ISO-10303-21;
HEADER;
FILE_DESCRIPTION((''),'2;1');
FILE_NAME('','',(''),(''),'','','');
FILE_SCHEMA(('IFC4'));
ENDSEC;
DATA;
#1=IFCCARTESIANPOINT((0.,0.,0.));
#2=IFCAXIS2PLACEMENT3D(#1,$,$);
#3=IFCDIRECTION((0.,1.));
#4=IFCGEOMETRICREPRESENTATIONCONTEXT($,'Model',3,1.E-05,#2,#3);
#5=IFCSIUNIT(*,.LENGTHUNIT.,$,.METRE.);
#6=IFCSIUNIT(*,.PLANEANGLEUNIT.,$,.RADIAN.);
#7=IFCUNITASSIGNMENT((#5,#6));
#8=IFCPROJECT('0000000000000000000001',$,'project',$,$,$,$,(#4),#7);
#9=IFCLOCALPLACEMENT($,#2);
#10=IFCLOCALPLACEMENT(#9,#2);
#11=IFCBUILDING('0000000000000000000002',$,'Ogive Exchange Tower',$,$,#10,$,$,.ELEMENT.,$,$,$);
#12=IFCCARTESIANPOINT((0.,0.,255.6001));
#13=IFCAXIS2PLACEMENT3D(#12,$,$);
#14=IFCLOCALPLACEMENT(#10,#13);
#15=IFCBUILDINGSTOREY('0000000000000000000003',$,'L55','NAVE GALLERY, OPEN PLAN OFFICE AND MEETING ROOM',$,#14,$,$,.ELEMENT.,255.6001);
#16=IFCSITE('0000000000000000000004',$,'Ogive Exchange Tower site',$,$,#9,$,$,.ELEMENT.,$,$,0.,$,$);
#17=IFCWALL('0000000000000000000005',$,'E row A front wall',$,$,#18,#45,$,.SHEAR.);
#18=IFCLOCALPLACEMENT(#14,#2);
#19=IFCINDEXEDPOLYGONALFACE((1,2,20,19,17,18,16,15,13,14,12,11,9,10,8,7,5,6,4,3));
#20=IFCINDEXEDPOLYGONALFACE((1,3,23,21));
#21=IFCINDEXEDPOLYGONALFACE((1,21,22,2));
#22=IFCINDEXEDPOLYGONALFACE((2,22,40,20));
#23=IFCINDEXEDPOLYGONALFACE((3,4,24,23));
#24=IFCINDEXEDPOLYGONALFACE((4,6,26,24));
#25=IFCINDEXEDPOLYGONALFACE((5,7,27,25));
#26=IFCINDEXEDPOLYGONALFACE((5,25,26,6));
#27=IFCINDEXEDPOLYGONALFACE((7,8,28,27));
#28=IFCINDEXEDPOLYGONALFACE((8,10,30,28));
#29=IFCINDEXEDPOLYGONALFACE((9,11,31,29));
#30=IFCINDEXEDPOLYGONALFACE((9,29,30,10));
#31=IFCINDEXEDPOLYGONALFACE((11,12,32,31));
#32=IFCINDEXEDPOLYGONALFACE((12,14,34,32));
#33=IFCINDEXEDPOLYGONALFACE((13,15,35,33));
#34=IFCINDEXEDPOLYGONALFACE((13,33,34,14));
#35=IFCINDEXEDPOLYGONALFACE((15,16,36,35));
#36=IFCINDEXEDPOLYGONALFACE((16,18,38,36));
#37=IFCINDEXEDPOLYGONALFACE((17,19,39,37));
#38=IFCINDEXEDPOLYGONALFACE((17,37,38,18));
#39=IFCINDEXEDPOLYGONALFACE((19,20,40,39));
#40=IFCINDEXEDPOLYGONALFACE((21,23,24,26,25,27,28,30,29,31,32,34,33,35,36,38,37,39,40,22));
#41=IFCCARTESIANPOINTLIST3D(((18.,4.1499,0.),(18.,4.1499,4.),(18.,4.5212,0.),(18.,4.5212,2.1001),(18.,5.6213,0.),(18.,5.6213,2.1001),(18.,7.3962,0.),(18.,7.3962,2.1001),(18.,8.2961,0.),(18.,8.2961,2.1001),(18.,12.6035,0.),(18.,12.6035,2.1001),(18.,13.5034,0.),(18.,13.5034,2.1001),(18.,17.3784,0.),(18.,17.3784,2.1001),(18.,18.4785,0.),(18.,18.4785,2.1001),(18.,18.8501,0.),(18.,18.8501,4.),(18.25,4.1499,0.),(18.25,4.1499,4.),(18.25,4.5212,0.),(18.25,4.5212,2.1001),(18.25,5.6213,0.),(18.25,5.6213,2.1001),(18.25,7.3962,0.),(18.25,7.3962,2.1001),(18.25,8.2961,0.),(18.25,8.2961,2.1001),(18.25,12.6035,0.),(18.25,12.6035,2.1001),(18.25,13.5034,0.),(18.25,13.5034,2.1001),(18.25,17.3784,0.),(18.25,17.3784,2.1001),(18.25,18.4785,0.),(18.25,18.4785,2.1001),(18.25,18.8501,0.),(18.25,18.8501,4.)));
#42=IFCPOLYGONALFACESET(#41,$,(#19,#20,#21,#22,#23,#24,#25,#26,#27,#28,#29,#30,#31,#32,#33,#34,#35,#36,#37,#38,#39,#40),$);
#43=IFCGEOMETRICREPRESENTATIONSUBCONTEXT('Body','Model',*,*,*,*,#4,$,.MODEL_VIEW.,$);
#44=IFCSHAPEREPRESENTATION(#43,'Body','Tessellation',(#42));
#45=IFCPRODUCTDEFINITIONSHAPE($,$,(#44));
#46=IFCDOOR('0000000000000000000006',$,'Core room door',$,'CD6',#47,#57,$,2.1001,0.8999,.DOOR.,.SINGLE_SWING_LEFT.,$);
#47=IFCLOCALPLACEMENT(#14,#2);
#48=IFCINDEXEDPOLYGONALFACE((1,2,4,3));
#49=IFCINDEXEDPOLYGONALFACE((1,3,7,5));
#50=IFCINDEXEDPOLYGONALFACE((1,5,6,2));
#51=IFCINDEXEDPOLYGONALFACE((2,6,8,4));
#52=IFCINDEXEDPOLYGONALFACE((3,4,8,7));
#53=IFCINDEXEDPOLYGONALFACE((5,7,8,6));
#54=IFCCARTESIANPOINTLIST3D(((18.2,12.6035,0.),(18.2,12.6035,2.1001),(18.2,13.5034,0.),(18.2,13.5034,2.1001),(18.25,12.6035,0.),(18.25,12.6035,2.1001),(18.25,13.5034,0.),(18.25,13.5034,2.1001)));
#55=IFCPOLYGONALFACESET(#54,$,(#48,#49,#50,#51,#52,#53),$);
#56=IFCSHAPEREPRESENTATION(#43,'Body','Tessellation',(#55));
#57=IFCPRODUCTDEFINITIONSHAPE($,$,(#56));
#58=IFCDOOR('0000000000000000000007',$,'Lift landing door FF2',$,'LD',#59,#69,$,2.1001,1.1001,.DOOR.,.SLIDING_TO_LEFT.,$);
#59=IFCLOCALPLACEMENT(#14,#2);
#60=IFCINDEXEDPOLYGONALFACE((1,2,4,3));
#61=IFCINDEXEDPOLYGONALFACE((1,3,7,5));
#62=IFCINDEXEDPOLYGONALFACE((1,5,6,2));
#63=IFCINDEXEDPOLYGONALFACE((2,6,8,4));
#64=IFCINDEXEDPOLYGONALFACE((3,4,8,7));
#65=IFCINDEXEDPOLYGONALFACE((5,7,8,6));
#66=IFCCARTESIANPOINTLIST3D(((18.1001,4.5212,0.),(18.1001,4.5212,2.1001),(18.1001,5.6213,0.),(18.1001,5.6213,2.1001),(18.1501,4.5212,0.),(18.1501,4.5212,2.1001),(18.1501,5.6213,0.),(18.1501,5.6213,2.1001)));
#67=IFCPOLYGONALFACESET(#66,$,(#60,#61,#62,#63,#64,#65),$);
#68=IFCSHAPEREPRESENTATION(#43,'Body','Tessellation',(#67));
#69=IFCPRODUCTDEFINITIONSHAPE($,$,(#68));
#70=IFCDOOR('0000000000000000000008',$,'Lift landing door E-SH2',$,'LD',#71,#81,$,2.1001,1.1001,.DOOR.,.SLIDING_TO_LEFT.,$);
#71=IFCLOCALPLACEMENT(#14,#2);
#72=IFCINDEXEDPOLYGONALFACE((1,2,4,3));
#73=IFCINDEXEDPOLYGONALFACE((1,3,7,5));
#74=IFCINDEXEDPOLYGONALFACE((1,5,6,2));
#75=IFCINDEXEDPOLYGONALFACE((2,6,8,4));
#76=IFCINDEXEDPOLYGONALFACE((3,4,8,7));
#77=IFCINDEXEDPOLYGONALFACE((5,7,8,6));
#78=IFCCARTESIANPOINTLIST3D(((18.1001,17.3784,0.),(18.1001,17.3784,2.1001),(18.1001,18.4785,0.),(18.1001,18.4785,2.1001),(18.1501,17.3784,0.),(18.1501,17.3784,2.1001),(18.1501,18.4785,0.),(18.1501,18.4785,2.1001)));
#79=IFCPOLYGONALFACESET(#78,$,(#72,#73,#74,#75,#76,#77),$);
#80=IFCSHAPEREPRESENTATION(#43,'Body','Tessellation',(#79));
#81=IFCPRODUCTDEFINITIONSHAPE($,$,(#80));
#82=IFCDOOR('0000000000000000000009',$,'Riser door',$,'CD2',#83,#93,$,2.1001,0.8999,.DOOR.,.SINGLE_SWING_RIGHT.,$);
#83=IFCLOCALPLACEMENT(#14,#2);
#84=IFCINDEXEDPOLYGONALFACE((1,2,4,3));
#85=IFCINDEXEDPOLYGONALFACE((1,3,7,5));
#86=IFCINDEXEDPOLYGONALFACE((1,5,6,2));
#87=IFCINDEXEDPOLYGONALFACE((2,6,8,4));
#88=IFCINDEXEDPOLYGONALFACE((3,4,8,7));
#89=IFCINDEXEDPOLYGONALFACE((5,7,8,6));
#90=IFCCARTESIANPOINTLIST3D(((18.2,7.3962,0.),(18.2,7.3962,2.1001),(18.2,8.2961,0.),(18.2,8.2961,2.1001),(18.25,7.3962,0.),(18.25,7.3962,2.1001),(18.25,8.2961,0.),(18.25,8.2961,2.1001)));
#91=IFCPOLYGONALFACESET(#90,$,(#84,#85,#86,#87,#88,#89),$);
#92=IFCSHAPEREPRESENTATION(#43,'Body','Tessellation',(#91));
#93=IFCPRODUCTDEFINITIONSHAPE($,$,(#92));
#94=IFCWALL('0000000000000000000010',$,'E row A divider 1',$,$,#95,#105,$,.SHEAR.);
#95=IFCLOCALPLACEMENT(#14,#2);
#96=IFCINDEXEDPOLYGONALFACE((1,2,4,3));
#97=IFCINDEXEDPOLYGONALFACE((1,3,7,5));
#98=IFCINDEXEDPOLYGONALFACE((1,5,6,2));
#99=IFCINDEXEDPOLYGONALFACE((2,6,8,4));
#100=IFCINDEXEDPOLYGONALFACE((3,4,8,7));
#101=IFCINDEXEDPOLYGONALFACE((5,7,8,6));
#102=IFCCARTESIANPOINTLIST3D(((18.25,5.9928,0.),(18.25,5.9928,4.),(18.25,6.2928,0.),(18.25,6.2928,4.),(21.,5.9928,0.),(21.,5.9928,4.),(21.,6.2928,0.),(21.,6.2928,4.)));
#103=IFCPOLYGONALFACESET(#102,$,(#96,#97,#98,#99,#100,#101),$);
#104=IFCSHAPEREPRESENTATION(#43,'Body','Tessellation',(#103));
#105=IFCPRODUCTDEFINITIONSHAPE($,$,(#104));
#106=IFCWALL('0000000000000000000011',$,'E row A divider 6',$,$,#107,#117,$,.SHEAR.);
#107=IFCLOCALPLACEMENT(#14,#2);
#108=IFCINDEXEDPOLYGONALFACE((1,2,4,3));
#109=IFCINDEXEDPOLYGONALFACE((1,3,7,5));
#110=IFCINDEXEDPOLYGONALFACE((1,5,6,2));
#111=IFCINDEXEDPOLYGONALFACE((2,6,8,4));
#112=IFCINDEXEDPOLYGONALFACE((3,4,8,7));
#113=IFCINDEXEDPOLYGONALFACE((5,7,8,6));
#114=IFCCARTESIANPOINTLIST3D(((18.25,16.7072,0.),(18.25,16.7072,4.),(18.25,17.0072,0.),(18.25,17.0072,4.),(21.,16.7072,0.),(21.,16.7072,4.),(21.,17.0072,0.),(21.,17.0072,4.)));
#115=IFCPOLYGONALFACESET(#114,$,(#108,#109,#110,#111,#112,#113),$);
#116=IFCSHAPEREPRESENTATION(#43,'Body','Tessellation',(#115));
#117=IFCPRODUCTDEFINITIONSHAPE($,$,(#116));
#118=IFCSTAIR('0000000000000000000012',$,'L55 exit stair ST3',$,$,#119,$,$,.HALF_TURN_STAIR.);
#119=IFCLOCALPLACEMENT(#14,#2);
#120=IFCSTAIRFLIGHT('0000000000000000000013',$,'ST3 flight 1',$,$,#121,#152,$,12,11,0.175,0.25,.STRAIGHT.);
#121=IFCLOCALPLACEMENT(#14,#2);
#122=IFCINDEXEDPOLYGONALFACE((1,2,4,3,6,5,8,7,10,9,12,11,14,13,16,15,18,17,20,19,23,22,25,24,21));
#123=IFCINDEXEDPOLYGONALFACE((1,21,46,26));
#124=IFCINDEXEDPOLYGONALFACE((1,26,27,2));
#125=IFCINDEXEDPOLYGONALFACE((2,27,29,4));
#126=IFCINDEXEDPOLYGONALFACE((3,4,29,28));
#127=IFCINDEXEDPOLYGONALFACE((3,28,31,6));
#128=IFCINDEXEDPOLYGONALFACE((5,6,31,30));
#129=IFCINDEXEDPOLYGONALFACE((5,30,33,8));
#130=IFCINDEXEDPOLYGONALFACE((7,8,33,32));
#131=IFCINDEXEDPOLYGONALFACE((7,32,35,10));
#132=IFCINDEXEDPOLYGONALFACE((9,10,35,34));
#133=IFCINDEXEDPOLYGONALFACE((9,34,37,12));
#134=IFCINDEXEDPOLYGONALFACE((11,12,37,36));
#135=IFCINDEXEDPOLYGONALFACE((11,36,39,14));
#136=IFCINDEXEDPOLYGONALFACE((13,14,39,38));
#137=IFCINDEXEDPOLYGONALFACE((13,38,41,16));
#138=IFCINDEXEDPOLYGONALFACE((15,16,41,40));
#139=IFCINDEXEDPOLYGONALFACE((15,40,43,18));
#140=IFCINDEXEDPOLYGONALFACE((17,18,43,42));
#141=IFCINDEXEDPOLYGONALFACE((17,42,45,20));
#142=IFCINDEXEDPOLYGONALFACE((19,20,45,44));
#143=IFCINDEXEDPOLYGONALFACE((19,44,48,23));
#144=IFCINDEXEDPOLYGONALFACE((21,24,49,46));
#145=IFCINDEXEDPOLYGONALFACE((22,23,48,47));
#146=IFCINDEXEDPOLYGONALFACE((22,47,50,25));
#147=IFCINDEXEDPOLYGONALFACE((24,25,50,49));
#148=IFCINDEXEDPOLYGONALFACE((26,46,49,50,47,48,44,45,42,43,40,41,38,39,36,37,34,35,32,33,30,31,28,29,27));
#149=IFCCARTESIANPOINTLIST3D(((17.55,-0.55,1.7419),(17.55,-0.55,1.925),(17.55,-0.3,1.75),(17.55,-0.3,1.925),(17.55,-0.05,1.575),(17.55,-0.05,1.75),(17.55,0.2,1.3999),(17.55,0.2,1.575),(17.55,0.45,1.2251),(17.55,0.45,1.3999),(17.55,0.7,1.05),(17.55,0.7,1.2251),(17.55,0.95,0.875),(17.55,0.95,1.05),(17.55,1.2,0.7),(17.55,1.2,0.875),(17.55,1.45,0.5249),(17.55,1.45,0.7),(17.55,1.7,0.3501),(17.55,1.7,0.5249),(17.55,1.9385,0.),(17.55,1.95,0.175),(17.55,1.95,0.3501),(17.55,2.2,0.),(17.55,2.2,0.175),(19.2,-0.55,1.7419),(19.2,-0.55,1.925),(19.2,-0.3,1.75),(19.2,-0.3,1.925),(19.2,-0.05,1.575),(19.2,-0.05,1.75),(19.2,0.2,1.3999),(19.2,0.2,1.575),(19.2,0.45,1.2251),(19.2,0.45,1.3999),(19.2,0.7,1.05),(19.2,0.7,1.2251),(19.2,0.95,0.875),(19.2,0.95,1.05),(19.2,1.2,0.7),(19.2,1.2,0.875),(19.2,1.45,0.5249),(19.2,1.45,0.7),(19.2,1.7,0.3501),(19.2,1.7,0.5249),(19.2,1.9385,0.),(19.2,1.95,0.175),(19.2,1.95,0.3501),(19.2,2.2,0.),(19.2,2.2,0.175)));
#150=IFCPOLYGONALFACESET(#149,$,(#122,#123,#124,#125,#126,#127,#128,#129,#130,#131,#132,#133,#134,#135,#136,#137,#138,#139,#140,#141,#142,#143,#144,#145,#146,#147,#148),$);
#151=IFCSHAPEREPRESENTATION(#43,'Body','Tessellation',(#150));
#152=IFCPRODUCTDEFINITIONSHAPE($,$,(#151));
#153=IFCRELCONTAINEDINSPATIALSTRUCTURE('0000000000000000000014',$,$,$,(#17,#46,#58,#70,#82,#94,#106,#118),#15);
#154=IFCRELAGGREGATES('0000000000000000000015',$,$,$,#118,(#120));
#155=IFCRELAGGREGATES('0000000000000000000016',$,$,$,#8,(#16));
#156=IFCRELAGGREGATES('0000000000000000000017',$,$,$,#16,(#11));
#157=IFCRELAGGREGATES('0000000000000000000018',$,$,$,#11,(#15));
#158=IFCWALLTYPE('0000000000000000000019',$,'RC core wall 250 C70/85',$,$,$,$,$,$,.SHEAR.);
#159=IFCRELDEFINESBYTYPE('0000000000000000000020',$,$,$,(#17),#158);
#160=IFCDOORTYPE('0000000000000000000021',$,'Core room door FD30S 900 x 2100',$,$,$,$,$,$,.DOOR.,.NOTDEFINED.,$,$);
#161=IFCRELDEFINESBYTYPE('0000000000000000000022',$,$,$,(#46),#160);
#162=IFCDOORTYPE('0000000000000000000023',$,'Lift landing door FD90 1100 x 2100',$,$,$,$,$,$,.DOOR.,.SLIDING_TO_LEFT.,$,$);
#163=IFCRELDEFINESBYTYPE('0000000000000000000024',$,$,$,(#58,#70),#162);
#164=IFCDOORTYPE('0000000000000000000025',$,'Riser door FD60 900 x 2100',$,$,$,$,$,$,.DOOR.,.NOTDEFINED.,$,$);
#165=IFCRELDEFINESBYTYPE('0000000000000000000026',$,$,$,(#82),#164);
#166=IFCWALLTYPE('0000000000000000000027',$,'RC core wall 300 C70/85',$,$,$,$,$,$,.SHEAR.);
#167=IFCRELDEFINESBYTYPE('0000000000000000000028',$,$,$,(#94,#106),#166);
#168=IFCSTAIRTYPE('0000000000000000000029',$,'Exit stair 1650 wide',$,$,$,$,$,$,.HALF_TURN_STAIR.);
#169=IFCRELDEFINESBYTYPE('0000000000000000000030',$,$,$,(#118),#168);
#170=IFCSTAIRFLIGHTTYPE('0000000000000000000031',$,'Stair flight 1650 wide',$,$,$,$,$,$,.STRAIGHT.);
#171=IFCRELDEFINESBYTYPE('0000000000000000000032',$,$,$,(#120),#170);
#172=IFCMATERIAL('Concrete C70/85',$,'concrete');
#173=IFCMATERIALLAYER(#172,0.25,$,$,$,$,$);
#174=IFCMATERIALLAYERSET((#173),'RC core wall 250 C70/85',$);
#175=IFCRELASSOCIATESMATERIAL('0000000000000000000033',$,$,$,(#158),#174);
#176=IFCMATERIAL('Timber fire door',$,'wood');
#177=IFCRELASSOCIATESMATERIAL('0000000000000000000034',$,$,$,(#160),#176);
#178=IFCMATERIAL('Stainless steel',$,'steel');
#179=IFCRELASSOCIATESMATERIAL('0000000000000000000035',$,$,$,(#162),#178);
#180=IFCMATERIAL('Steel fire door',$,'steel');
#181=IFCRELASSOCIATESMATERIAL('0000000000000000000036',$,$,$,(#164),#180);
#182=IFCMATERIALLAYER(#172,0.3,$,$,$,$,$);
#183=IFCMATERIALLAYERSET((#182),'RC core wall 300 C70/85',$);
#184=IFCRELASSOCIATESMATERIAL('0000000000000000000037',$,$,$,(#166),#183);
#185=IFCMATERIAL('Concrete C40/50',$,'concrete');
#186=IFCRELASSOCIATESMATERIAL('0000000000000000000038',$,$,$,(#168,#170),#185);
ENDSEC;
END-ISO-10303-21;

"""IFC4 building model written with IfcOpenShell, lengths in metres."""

from ifc_helpers import new_model, si_unit, direction, frame, frame_2d, origin, place, context, subcontext, project, spatial, polyline, rectangle, outline, extrude, material, layer, layer_set, type_object, element, fill, aggregate, save


model = new_model("IFC4")

# Units and contexts
model_context = context("Model", 3, precision=1e-05, world=origin(), true_north=direction((0.0, 1.0)))
body_context = subcontext(model_context, "Body", "Model", "MODEL_VIEW")
ifc_project = project(units=[si_unit("LENGTHUNIT", "METRE"), si_unit("PLANEANGLEUNIT", "RADIAN")], contexts=[model_context])

# Site, building, storey
site_placement = place(None, origin())
site = spatial("IfcSite", under=ifc_project, at=site_placement, Name="Ogive Exchange Tower site", CompositionType="ELEMENT", RefElevation=0.0)
building_placement = place(site_placement, origin())
building = spatial("IfcBuilding", under=site, at=building_placement, Name="Ogive Exchange Tower", CompositionType="ELEMENT")
storey_placement = place(building_placement, frame((0.0, 0.0, 255.6001)))
storey = spatial("IfcBuildingStorey", under=building, at=storey_placement, Name="L55", Description="NAVE GALLERY, OPEN PLAN OFFICE AND MEETING ROOM", CompositionType="ELEMENT", Elevation=255.6001)

# Wall, openings, doors
ifc_material_1 = material(Name="Concrete C70/85", Category="concrete")
ifc_layer_1 = layer(ifc_material_1, 0.25)
ifc_layer_set_1 = layer_set([ifc_layer_1], Name="RC core wall 250 C70/85")
wall_type_1 = type_object("IfcWallType", Name="RC core wall 250 C70/85", PredefinedType="SHEAR", material=ifc_layer_set_1)
wall_1_placement = place(storey_placement, frame((18.125, 4.1499, 0.0), z_axis=(0.0, 0.0, 1.0), x_axis=(0.0, 1.0, 0.0)))
wall_1 = element("IfcWall", 1, at=wall_1_placement, inside=storey, type_object=wall_type_1, Name="E row A front wall", PredefinedType="SHEAR", context=body_context, shape_type="SweptSolid", body=[
    extrude(rectangle(XDim=14.7002, YDim=0.25, at=frame_2d((7.3501, 0.0))), origin(), (0.0, 0.0, 1.0), 4.0),
])
opening_1_placement = place(wall_1_placement, frame((3.2463, 0.0, 0.0)))
opening_1 = element("IfcOpeningElement", 2, at=opening_1_placement, cuts=wall_1, PredefinedType="OPENING", context=body_context, shape_type="SweptSolid", body=[
    extrude(rectangle(XDim=0.8999, YDim=2.1001, at=frame_2d((0.45, 1.05))), frame((0.0, 0.135, 0.0), z_axis=(0.0, -1.0, 0.0), x_axis=(1.0, 0.0, 0.0)), (0.0, 0.0, 1.0), 0.27),
])
opening_2_placement = place(wall_1_placement, frame((8.4536, 0.0, 0.0)))
opening_2 = element("IfcOpeningElement", 3, at=opening_2_placement, cuts=wall_1, PredefinedType="OPENING", context=body_context, shape_type="SweptSolid", body=[
    extrude(rectangle(XDim=0.8999, YDim=2.1001, at=frame_2d((0.45, 1.05))), frame((0.0, 0.135, 0.0), z_axis=(0.0, -1.0, 0.0), x_axis=(1.0, 0.0, 0.0)), (0.0, 0.0, 1.0), 0.27),
])
opening_3_placement = place(wall_1_placement, frame((0.3713, 0.0, 0.0)))
opening_3 = element("IfcOpeningElement", 4, at=opening_3_placement, cuts=wall_1, PredefinedType="OPENING", context=body_context, shape_type="SweptSolid", body=[
    extrude(rectangle(XDim=1.1001, YDim=2.1001, at=frame_2d((0.55, 1.05))), frame((0.0, 0.135, 0.0), z_axis=(0.0, -1.0, 0.0), x_axis=(1.0, 0.0, 0.0)), (0.0, 0.0, 1.0), 0.27),
])
opening_4_placement = place(wall_1_placement, frame((13.2285, 0.0, 0.0)))
opening_4 = element("IfcOpeningElement", 5, at=opening_4_placement, cuts=wall_1, PredefinedType="OPENING", context=body_context, shape_type="SweptSolid", body=[
    extrude(rectangle(XDim=1.1001, YDim=2.1001, at=frame_2d((0.55, 1.05))), frame((0.0, 0.135, 0.0), z_axis=(0.0, -1.0, 0.0), x_axis=(1.0, 0.0, 0.0)), (0.0, 0.0, 1.0), 0.27),
])
ifc_material_2 = material(Name="Timber fire door", Category="wood")
door_type_1 = type_object("IfcDoorType", Name="Core room door FD30S 900 x 2100", OperationType="NOTDEFINED", PredefinedType="DOOR", material=ifc_material_2)
door_1_placement = place(opening_2_placement, frame((0.8999, -0.2002, 0.0), z_axis=(0.0, 0.0, 1.0), x_axis=(-1.0, 0.0, 0.0)))
door_1 = element("IfcDoor", 6, at=door_1_placement, inside=storey, type_object=door_type_1, Name="Core room door", ObjectType="CD6", OperationType="SINGLE_SWING_LEFT", OverallHeight=2.1001, OverallWidth=0.8999, PredefinedType="DOOR", context=body_context, shape_type="SweptSolid", body=[
    extrude(rectangle(XDim=0.8999, YDim=2.1001, at=frame_2d((0.45, 1.05))), frame((0.0, -0.0752, 0.0), z_axis=(0.0, -1.0, 0.0), x_axis=(1.0, 0.0, 0.0)), (0.0, 0.0, 1.0), 0.05),
])
fill(opening_2, door_1)
ifc_material_3 = material(Name="Stainless steel", Category="steel")
door_type_2 = type_object("IfcDoorType", Name="Lift landing door FD90 1100 x 2100", OperationType="SLIDING_TO_LEFT", PredefinedType="DOOR", material=ifc_material_3)
door_2_placement = place(opening_3_placement, origin())
door_2 = element("IfcDoor", 7, at=door_2_placement, inside=storey, type_object=door_type_2, Name="Lift landing door FF2", ObjectType="LD", OperationType="SLIDING_TO_LEFT", OverallHeight=2.1001, OverallWidth=1.1001, PredefinedType="DOOR", context=body_context, shape_type="SweptSolid", body=[
    extrude(rectangle(XDim=1.1001, YDim=2.1001, at=frame_2d((0.55, 1.05))), frame((0.0, 0.0249, 0.0), z_axis=(0.0, -1.0, 0.0), x_axis=(1.0, 0.0, 0.0)), (0.0, 0.0, 1.0), 0.05),
])
fill(opening_3, door_2)
door_3_placement = place(opening_4_placement, origin())
door_3 = element("IfcDoor", 8, at=door_3_placement, inside=storey, type_object=door_type_2, Name="Lift landing door E-SH2", ObjectType="LD", OperationType="SLIDING_TO_LEFT", OverallHeight=2.1001, OverallWidth=1.1001, PredefinedType="DOOR", context=body_context, shape_type="SweptSolid", body=[
    extrude(rectangle(XDim=1.1001, YDim=2.1001, at=frame_2d((0.55, 1.05))), frame((0.0, 0.0249, 0.0), z_axis=(0.0, -1.0, 0.0), x_axis=(1.0, 0.0, 0.0)), (0.0, 0.0, 1.0), 0.05),
])
fill(opening_4, door_3)
ifc_material_4 = material(Name="Steel fire door", Category="steel")
door_type_3 = type_object("IfcDoorType", Name="Riser door FD60 900 x 2100", OperationType="NOTDEFINED", PredefinedType="DOOR", material=ifc_material_4)
door_4_placement = place(opening_1_placement, frame((0.8999, -0.2002, 0.0), z_axis=(0.0, 0.0, 1.0), x_axis=(-1.0, 0.0, 0.0)))
door_4 = element("IfcDoor", 9, at=door_4_placement, inside=storey, type_object=door_type_3, Name="Riser door", ObjectType="CD2", OperationType="SINGLE_SWING_RIGHT", OverallHeight=2.1001, OverallWidth=0.8999, PredefinedType="DOOR", context=body_context, shape_type="SweptSolid", body=[
    extrude(rectangle(XDim=0.8999, YDim=2.1001, at=frame_2d((0.45, 1.05))), frame((0.0, -0.0752, 0.0), z_axis=(0.0, -1.0, 0.0), x_axis=(1.0, 0.0, 0.0)), (0.0, 0.0, 1.0), 0.05),
])
fill(opening_1, door_4)

# Walls
ifc_layer_2 = layer(ifc_material_1, 0.3)
ifc_layer_set_2 = layer_set([ifc_layer_2], Name="RC core wall 300 C70/85")
wall_type_2 = type_object("IfcWallType", Name="RC core wall 300 C70/85", PredefinedType="SHEAR", material=ifc_layer_set_2)
for number, where, z_axis, x_axis, name in (
    (10, (18.25, 6.1428, 0.0), (0.0, 0.0, 1.0), (1.0, 0.0, 0.0), "E row A divider 1"),
    (11, (18.25, 16.8572, 0.0), (0.0, 0.0, 1.0), (1.0, 0.0, 0.0), "E row A divider 6"),
):
    element("IfcWall", number, at=place(storey_placement, frame(where, z_axis=z_axis, x_axis=x_axis)), inside=storey, type_object=wall_type_2, Name=name, PredefinedType="SHEAR", context=body_context, shape_type="SweptSolid", body=[
        extrude(rectangle(XDim=2.75, YDim=0.3, at=frame_2d((1.375, 0.0))), origin(), (0.0, 0.0, 1.0), 4.0),
    ])

# Stair, stair flight
ifc_material_5 = material(Name="Concrete C40/50", Category="concrete")
stair_type = type_object("IfcStairType", Name="Exit stair 1650 wide", PredefinedType="HALF_TURN_STAIR", material=ifc_material_5)
stair_placement = place(storey_placement, origin())
stair = element("IfcStair", 12, at=stair_placement, inside=storey, type_object=stair_type, Name="L55 exit stair ST3", PredefinedType="HALF_TURN_STAIR")
stair_flight_type = type_object("IfcStairFlightType", Name="Stair flight 1650 wide", PredefinedType="STRAIGHT", material=ifc_material_5)
stair_flight_1_placement = place(storey_placement, frame((18.375, 2.2, 0.0), z_axis=(0.0, 0.0, 1.0), x_axis=(0.0, -1.0, 0.0)))
stair_flight_1 = element("IfcStairFlight", 13, at=stair_flight_1_placement, type_object=stair_flight_type, Name="ST3 flight 1", NumberOfRisers=12, NumberOfTreads=11, PredefinedType="STRAIGHT", RiserHeight=0.175, TreadLength=0.25, context=body_context, shape_type="SweptSolid", body=[
    extrude(outline(polyline([(0.0, 0.0), (0.0, 0.175), (0.25, 0.175), (0.25, 0.3501), (0.5, 0.3501), (0.5, 0.5249), (0.75, 0.5249), (0.75, 0.7), (1.0, 0.7), (1.0, 0.875), (1.25, 0.875), (1.25, 1.05), (1.5, 1.05), (1.5, 1.2251), (1.75, 1.2251), (1.75, 1.3999), (2.0, 1.3999), (2.0, 1.575), (2.25, 1.575), (2.25, 1.75), (2.5, 1.75), (2.5, 1.925), (2.75, 1.925), (2.75, 2.1001), (2.75, 1.7419), (0.2615, 0.0), (0.0, 0.0)])), frame((0.0, 0.825, 0.0), z_axis=(0.0, -1.0, 0.0), x_axis=(1.0, 0.0, 0.0)), (0.0, 0.0, 1.0), 1.6499),
])
aggregate(stair, [stair_flight_1])

save(model, "model.ifc")
